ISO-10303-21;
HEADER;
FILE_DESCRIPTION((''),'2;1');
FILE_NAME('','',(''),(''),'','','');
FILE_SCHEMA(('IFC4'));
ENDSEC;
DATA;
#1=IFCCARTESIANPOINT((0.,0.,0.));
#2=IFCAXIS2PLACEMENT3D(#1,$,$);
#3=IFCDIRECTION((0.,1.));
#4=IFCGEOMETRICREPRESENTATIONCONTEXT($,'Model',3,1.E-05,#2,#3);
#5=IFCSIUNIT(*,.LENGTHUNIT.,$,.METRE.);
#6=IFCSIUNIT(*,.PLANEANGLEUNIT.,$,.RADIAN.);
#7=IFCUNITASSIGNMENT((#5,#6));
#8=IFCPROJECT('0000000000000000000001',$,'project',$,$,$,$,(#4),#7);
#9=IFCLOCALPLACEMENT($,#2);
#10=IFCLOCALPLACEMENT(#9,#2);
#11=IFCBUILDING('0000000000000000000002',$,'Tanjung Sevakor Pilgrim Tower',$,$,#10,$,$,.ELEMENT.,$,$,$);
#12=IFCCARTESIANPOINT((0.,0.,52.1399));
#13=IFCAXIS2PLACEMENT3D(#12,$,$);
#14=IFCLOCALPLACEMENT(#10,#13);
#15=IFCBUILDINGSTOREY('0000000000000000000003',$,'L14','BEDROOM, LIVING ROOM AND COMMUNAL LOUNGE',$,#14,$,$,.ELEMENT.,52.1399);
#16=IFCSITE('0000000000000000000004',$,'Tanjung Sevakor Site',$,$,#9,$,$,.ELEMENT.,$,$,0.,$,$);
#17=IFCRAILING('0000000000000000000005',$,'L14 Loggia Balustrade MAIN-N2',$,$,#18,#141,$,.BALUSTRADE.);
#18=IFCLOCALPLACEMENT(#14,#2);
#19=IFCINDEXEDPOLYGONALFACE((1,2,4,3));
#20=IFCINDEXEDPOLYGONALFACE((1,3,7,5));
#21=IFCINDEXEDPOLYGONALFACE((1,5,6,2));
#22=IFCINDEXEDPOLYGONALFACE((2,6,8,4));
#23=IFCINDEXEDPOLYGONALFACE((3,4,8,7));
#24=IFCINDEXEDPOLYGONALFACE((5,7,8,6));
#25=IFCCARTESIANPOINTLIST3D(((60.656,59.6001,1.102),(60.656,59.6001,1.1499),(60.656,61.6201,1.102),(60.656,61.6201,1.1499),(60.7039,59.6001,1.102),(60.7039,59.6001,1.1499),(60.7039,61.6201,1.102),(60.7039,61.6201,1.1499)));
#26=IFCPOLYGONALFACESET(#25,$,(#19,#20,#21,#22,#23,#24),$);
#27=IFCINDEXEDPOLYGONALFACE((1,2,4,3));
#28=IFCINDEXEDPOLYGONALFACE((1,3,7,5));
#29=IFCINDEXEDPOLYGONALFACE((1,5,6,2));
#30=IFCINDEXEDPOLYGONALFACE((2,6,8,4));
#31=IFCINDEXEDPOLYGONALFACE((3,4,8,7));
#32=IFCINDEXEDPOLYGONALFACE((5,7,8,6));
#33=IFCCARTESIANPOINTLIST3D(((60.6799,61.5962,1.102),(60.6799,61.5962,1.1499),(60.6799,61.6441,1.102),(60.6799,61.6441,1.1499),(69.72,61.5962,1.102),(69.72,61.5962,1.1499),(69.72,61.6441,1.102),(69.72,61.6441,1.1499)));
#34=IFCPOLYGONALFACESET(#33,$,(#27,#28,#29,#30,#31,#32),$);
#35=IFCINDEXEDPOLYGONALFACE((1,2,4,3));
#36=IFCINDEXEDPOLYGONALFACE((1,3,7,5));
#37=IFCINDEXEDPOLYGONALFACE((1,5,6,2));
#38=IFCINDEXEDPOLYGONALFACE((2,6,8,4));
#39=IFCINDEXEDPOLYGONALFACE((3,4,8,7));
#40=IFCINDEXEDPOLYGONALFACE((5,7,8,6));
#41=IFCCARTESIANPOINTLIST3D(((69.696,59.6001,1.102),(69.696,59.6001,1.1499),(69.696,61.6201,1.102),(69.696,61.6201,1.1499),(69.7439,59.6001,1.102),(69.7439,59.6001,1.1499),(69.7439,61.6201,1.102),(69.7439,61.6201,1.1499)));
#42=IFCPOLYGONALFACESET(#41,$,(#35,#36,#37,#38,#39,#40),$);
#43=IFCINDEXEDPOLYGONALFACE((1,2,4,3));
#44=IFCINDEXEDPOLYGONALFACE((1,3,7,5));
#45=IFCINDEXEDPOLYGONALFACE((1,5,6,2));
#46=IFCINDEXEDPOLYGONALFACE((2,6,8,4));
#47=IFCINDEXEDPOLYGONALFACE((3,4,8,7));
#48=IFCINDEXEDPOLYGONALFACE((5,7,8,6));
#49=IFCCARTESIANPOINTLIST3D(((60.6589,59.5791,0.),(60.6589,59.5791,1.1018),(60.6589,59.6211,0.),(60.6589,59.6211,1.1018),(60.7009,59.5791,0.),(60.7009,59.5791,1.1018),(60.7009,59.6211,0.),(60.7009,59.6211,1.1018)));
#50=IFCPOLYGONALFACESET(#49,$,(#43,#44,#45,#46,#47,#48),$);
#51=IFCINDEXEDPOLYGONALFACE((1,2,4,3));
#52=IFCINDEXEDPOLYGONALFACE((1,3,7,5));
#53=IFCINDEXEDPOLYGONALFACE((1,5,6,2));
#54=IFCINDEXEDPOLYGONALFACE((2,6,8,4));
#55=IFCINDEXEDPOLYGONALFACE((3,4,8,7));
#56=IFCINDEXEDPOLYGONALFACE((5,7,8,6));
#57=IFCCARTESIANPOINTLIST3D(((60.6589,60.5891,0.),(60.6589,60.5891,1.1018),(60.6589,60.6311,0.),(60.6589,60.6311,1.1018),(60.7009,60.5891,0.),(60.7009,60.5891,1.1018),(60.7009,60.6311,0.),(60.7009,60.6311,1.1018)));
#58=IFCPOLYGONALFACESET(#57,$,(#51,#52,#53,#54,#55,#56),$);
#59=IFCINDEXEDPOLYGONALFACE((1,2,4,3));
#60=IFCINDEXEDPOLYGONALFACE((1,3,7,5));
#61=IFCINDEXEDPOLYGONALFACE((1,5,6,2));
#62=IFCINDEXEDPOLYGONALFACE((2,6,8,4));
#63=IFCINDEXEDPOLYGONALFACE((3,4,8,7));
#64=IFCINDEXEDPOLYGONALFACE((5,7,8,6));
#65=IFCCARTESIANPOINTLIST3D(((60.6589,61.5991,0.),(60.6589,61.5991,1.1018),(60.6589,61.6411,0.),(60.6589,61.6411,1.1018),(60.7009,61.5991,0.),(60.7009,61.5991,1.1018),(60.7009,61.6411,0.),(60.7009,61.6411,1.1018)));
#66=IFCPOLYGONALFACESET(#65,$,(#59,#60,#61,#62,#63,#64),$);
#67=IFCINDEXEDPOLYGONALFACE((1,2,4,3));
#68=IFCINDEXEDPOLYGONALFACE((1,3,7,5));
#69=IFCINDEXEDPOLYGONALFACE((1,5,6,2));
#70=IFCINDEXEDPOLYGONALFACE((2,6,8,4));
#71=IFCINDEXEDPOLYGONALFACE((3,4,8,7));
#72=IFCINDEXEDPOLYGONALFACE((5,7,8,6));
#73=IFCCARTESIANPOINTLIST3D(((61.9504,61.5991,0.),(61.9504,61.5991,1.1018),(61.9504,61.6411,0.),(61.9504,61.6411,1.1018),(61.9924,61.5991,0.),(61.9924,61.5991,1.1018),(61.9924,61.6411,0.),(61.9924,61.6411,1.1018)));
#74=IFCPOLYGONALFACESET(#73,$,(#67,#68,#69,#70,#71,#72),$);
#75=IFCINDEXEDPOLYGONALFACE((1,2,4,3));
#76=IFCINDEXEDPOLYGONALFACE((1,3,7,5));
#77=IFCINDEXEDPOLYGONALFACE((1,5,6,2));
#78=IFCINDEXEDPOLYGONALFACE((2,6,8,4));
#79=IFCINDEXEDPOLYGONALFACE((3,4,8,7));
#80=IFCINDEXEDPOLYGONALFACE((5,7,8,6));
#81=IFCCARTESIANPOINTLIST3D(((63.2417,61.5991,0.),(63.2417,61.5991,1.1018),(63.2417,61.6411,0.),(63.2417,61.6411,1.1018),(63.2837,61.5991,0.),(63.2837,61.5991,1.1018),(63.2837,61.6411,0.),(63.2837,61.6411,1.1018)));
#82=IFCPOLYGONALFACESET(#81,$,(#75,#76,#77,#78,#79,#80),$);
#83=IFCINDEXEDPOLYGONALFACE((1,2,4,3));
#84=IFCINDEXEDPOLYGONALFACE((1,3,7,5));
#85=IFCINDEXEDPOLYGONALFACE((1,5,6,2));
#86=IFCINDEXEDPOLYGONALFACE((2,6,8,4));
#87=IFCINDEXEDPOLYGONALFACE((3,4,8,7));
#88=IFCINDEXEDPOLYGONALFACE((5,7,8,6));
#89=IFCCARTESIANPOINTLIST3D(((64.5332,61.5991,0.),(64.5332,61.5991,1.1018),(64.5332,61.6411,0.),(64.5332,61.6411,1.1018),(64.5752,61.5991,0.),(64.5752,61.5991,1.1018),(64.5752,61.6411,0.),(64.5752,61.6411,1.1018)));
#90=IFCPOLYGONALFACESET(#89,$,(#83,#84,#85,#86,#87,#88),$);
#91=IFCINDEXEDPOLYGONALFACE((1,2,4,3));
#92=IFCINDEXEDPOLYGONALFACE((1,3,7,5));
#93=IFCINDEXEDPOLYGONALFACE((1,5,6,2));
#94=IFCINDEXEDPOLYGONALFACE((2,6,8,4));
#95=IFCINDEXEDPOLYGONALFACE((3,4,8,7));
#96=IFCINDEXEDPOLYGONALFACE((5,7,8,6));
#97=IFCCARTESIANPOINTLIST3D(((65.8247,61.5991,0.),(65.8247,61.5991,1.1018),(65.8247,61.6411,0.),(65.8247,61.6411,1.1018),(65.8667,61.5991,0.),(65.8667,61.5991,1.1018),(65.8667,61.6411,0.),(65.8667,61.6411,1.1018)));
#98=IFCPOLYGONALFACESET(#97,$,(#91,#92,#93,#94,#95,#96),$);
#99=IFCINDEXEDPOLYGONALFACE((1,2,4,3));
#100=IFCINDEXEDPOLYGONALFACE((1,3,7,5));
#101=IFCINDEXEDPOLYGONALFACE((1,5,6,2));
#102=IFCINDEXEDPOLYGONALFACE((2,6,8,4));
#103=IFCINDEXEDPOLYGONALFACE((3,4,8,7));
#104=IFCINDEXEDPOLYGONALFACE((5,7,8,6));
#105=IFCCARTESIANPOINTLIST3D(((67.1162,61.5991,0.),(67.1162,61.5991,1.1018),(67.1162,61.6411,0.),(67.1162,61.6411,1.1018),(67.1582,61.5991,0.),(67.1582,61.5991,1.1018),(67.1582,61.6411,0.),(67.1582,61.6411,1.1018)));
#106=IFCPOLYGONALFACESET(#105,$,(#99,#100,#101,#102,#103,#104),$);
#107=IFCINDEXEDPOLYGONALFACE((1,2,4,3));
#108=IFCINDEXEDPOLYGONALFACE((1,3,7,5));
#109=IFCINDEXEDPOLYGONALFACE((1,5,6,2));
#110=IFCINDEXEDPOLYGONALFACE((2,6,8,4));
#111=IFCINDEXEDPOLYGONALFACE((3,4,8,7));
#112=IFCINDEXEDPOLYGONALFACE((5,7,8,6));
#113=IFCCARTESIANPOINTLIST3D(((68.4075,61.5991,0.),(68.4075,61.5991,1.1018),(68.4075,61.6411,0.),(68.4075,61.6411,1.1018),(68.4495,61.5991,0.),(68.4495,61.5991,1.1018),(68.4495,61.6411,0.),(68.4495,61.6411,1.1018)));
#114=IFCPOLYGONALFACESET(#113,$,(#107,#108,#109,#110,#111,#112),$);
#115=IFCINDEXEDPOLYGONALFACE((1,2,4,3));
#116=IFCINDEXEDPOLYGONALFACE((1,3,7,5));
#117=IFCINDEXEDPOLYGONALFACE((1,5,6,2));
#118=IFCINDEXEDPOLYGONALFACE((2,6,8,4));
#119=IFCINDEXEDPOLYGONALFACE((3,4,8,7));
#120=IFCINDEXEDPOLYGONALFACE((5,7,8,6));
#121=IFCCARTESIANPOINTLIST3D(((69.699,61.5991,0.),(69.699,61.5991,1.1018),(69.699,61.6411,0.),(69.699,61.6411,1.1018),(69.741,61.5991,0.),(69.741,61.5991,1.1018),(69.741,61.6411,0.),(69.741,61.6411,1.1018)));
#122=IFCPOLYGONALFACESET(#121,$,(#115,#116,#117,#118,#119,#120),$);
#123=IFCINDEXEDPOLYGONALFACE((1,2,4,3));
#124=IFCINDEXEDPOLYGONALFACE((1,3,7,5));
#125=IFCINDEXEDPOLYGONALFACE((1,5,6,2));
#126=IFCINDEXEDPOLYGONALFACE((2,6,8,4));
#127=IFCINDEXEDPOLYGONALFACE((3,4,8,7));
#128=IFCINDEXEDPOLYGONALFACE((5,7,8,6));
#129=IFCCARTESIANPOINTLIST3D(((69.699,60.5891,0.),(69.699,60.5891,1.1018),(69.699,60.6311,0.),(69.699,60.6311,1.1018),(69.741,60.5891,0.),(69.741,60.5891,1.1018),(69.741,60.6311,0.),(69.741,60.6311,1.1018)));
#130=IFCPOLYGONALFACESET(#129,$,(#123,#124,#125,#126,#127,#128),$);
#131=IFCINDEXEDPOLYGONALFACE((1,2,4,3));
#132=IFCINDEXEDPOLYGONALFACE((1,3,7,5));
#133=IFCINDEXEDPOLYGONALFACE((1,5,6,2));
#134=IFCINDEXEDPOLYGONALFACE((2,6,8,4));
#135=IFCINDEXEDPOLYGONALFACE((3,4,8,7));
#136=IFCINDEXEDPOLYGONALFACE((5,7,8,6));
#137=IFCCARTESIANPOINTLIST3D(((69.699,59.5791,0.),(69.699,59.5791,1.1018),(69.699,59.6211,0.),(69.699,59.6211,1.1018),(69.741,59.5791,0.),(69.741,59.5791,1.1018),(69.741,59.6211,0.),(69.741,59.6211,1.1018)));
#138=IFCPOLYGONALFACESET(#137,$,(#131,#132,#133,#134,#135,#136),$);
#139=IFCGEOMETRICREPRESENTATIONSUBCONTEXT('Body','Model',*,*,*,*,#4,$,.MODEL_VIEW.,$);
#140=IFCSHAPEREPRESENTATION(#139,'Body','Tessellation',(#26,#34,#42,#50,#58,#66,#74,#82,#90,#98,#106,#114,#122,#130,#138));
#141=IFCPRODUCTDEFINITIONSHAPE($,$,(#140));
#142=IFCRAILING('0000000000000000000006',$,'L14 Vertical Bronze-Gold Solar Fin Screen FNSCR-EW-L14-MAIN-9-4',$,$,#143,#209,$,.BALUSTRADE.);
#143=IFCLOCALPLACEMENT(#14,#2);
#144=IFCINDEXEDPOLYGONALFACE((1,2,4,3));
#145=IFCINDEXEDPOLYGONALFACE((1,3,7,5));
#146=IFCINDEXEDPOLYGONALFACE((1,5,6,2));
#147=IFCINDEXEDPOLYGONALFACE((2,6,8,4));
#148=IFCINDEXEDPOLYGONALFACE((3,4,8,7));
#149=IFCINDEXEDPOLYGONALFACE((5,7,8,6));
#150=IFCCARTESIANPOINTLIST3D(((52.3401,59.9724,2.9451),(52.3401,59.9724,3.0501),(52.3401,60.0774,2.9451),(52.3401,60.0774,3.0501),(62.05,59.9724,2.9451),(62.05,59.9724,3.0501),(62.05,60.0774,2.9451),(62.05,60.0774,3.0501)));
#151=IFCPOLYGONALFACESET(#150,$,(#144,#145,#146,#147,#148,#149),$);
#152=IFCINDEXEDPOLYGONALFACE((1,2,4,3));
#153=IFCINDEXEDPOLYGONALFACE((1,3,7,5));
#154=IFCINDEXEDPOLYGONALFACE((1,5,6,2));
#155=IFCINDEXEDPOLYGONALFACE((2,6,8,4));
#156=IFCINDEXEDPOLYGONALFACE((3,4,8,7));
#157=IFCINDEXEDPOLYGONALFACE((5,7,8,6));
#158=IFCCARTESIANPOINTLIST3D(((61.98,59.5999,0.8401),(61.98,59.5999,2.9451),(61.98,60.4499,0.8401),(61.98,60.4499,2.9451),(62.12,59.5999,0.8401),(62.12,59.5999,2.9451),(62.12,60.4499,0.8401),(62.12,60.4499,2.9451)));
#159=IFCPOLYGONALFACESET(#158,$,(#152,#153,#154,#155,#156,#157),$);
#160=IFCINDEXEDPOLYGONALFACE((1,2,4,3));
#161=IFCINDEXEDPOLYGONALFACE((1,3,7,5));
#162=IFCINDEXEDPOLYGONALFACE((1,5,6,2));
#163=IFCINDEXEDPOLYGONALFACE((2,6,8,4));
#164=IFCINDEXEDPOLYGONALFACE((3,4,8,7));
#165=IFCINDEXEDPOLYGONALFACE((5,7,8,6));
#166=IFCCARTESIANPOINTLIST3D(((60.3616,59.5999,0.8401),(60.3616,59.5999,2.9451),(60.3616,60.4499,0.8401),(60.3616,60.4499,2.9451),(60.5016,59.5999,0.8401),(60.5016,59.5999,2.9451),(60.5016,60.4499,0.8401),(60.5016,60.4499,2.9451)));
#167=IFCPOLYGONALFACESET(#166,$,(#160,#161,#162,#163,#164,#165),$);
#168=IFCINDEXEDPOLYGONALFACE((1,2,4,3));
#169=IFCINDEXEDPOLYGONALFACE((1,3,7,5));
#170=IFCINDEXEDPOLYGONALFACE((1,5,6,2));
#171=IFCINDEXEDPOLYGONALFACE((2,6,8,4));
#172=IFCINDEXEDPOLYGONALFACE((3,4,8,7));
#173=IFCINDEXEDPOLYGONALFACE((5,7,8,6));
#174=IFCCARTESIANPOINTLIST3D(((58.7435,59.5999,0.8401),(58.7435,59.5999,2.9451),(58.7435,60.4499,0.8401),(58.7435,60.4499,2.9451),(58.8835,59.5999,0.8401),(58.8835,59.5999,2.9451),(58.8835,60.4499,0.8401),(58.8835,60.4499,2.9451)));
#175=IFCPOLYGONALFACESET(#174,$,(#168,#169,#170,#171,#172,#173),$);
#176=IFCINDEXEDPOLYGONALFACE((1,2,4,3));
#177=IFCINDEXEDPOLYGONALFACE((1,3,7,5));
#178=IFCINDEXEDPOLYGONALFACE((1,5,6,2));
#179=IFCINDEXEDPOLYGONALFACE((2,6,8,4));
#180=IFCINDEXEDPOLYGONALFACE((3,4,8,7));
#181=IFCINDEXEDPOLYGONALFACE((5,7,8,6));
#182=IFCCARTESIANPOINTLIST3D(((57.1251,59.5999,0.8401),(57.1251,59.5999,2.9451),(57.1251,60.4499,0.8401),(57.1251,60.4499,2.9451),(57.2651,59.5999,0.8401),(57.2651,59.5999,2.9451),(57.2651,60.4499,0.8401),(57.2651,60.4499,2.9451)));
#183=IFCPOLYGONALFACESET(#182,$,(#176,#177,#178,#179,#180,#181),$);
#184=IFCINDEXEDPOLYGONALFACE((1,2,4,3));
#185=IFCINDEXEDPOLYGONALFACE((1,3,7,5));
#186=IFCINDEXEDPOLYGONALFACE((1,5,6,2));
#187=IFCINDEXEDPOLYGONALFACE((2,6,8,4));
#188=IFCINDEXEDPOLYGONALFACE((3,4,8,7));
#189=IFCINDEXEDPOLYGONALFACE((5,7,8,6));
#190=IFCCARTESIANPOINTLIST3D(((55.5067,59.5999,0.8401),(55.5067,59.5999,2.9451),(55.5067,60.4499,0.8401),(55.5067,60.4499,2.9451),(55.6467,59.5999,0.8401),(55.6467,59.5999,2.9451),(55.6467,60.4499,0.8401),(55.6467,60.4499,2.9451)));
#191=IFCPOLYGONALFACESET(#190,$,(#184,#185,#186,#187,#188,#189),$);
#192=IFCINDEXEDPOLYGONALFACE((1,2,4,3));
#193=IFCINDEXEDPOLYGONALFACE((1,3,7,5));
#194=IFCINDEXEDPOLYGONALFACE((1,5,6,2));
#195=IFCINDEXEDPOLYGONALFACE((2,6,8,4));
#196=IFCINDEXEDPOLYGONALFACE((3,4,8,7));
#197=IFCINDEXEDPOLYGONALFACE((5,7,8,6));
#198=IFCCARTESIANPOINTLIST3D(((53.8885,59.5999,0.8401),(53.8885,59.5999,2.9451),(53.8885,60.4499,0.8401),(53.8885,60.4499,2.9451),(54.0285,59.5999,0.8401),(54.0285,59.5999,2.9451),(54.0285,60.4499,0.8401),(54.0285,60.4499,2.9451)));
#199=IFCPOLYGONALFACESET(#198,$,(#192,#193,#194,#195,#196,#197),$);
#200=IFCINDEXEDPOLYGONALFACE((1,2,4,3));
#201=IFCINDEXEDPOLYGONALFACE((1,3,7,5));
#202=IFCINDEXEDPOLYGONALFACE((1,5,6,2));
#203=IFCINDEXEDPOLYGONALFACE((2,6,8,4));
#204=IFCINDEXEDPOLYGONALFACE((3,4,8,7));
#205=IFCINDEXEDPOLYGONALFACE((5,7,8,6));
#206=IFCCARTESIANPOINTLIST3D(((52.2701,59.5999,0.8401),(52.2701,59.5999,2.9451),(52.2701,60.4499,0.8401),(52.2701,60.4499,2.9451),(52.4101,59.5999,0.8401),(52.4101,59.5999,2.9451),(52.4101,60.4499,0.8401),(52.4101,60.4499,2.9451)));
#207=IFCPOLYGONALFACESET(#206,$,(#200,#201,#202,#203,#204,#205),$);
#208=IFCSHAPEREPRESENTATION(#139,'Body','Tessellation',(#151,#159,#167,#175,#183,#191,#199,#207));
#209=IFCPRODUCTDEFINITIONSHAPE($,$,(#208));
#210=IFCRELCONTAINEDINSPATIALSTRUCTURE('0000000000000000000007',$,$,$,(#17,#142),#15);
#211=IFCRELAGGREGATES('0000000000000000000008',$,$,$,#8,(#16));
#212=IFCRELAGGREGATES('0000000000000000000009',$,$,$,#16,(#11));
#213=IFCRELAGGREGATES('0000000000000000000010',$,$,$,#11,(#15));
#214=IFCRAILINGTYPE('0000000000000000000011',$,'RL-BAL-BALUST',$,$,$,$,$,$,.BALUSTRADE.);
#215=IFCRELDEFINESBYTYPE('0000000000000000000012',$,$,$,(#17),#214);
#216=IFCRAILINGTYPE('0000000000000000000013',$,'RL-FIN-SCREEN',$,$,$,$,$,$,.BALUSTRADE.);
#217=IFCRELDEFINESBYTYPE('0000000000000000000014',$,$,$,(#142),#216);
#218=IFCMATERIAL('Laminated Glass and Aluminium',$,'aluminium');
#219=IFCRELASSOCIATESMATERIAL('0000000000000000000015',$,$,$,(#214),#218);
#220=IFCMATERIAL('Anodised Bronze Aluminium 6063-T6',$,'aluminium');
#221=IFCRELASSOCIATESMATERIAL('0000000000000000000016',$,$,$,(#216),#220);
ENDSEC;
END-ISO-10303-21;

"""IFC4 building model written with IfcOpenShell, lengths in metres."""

from ifc_helpers import new_model, si_unit, direction, frame, origin, place, context, subcontext, project, spatial, rectangle, extrude, material, type_object, element, save


model = new_model("IFC4")

# Units and contexts
model_context = context("Model", 3, precision=1e-05, world=origin(), true_north=direction((0.0, 1.0)))
body_context = subcontext(model_context, "Body", "Model", "MODEL_VIEW")
ifc_project = project(units=[si_unit("LENGTHUNIT", "METRE"), si_unit("PLANEANGLEUNIT", "RADIAN")], contexts=[model_context])

# Site, building, storey
site_placement = place(None, origin())
site = spatial("IfcSite", under=ifc_project, at=site_placement, Name="Tanjung Sevakor Site", CompositionType="ELEMENT", RefElevation=0.0)
building_placement = place(site_placement, origin())
building = spatial("IfcBuilding", under=site, at=building_placement, Name="Tanjung Sevakor Pilgrim Tower", CompositionType="ELEMENT")
storey_placement = place(building_placement, frame((0.0, 0.0, 52.1399)))
storey = spatial("IfcBuildingStorey", under=building, at=storey_placement, Name="L14", Description="BEDROOM, LIVING ROOM AND COMMUNAL LOUNGE", CompositionType="ELEMENT", Elevation=52.1399)

# Railings
ifc_material_1 = material(Name="Laminated Glass and Aluminium", Category="aluminium")
railing_type_1 = type_object("IfcRailingType", Name="RL-BAL-BALUST", PredefinedType="BALUSTRADE", material=ifc_material_1)
railing_1_placement = place(storey_placement, frame((60.6799, 59.6001, 0.0)))
element("IfcRailing", 1, at=railing_1_placement, inside=storey, type_object=railing_type_1, Name="L14 Loggia Balustrade MAIN-N2", PredefinedType="BALUSTRADE", context=body_context, shape_type="SweptSolid", body=[
    extrude(rectangle(XDim=0.0479, YDim=0.0479), frame((0.0, 0.0, 1.126), z_axis=(0.0, 1.0, 0.0), x_axis=(-1.0, 0.0, 0.0)), (0.0, 0.0, 1.0), 2.02),
    extrude(rectangle(XDim=0.0479, YDim=0.0479), frame((0.0, 2.02, 1.126), z_axis=(1.0, 0.0, 0.0), x_axis=(0.0, 1.0, 0.0)), (0.0, 0.0, 1.0), 9.04),
    extrude(rectangle(XDim=0.0479, YDim=0.0479), frame((9.04, 2.02, 1.126), z_axis=(0.0, -1.0, 0.0), x_axis=(1.0, 0.0, 0.0)), (0.0, 0.0, 1.0), 2.02),
    extrude(rectangle(XDim=0.042, YDim=0.042), origin(), (0.0, 0.0, 1.0), 1.1018),
    extrude(rectangle(XDim=0.042, YDim=0.042), frame((0.0, 1.01, 0.0)), (0.0, 0.0, 1.0), 1.1018),
    extrude(rectangle(XDim=0.042, YDim=0.042), frame((0.0, 2.02, 0.0)), (0.0, 0.0, 1.0), 1.1018),
    extrude(rectangle(XDim=0.042, YDim=0.042), frame((1.2915, 2.02, 0.0)), (0.0, 0.0, 1.0), 1.1018),
    extrude(rectangle(XDim=0.042, YDim=0.042), frame((2.5828, 2.02, 0.0)), (0.0, 0.0, 1.0), 1.1018),
    extrude(rectangle(XDim=0.042, YDim=0.042), frame((3.8743, 2.02, 0.0)), (0.0, 0.0, 1.0), 1.1018),
    extrude(rectangle(XDim=0.042, YDim=0.042), frame((5.1658, 2.02, 0.0)), (0.0, 0.0, 1.0), 1.1018),
    extrude(rectangle(XDim=0.042, YDim=0.042), frame((6.4573, 2.02, 0.0)), (0.0, 0.0, 1.0), 1.1018),
    extrude(rectangle(XDim=0.042, YDim=0.042), frame((7.7485, 2.02, 0.0)), (0.0, 0.0, 1.0), 1.1018),
    extrude(rectangle(XDim=0.042, YDim=0.042), frame((9.04, 2.02, 0.0)), (0.0, 0.0, 1.0), 1.1018),
    extrude(rectangle(XDim=0.042, YDim=0.042), frame((9.04, 1.01, 0.0)), (0.0, 0.0, 1.0), 1.1018),
    extrude(rectangle(XDim=0.042, YDim=0.042), frame((9.04, 0.0, 0.0)), (0.0, 0.0, 1.0), 1.1018),
])
ifc_material_2 = material(Name="Anodised Bronze Aluminium 6063-T6", Category="aluminium")
railing_type_2 = type_object("IfcRailingType", Name="RL-FIN-SCREEN", PredefinedType="BALUSTRADE", material=ifc_material_2)
railing_2_placement = place(storey_placement, frame((62.05, 60.0249, 0.8401)))
element("IfcRailing", 2, at=railing_2_placement, inside=storey, type_object=railing_type_2, Name="L14 Vertical Bronze-Gold Solar Fin Screen FNSCR-EW-L14-MAIN-9-4", PredefinedType="BALUSTRADE", context=body_context, shape_type="SweptSolid", body=[
    extrude(rectangle(XDim=0.105, YDim=0.105), frame((0.0, 0.0, 2.1575), z_axis=(-1.0, 0.0, 0.0), x_axis=(0.0, -1.0, 0.0)), (0.0, 0.0, 1.0), 9.71),
    extrude(rectangle(XDim=0.14, YDim=0.85), origin(), (0.0, 0.0, 1.0), 2.105),
    extrude(rectangle(XDim=0.14, YDim=0.85), frame((-1.6184, 0.0, 0.0)), (0.0, 0.0, 1.0), 2.105),
    extrude(rectangle(XDim=0.14, YDim=0.85), frame((-3.2366, 0.0, 0.0)), (0.0, 0.0, 1.0), 2.105),
    extrude(rectangle(XDim=0.14, YDim=0.85), frame((-4.855, 0.0, 0.0)), (0.0, 0.0, 1.0), 2.105),
    extrude(rectangle(XDim=0.14, YDim=0.85), frame((-6.4734, 0.0, 0.0)), (0.0, 0.0, 1.0), 2.105),
    extrude(rectangle(XDim=0.14, YDim=0.85), frame((-8.0916, 0.0, 0.0)), (0.0, 0.0, 1.0), 2.105),
    extrude(rectangle(XDim=0.14, YDim=0.85), frame((-9.71, 0.0, 0.0)), (0.0, 0.0, 1.0), 2.105),
])

save(model, "model.ifc")
